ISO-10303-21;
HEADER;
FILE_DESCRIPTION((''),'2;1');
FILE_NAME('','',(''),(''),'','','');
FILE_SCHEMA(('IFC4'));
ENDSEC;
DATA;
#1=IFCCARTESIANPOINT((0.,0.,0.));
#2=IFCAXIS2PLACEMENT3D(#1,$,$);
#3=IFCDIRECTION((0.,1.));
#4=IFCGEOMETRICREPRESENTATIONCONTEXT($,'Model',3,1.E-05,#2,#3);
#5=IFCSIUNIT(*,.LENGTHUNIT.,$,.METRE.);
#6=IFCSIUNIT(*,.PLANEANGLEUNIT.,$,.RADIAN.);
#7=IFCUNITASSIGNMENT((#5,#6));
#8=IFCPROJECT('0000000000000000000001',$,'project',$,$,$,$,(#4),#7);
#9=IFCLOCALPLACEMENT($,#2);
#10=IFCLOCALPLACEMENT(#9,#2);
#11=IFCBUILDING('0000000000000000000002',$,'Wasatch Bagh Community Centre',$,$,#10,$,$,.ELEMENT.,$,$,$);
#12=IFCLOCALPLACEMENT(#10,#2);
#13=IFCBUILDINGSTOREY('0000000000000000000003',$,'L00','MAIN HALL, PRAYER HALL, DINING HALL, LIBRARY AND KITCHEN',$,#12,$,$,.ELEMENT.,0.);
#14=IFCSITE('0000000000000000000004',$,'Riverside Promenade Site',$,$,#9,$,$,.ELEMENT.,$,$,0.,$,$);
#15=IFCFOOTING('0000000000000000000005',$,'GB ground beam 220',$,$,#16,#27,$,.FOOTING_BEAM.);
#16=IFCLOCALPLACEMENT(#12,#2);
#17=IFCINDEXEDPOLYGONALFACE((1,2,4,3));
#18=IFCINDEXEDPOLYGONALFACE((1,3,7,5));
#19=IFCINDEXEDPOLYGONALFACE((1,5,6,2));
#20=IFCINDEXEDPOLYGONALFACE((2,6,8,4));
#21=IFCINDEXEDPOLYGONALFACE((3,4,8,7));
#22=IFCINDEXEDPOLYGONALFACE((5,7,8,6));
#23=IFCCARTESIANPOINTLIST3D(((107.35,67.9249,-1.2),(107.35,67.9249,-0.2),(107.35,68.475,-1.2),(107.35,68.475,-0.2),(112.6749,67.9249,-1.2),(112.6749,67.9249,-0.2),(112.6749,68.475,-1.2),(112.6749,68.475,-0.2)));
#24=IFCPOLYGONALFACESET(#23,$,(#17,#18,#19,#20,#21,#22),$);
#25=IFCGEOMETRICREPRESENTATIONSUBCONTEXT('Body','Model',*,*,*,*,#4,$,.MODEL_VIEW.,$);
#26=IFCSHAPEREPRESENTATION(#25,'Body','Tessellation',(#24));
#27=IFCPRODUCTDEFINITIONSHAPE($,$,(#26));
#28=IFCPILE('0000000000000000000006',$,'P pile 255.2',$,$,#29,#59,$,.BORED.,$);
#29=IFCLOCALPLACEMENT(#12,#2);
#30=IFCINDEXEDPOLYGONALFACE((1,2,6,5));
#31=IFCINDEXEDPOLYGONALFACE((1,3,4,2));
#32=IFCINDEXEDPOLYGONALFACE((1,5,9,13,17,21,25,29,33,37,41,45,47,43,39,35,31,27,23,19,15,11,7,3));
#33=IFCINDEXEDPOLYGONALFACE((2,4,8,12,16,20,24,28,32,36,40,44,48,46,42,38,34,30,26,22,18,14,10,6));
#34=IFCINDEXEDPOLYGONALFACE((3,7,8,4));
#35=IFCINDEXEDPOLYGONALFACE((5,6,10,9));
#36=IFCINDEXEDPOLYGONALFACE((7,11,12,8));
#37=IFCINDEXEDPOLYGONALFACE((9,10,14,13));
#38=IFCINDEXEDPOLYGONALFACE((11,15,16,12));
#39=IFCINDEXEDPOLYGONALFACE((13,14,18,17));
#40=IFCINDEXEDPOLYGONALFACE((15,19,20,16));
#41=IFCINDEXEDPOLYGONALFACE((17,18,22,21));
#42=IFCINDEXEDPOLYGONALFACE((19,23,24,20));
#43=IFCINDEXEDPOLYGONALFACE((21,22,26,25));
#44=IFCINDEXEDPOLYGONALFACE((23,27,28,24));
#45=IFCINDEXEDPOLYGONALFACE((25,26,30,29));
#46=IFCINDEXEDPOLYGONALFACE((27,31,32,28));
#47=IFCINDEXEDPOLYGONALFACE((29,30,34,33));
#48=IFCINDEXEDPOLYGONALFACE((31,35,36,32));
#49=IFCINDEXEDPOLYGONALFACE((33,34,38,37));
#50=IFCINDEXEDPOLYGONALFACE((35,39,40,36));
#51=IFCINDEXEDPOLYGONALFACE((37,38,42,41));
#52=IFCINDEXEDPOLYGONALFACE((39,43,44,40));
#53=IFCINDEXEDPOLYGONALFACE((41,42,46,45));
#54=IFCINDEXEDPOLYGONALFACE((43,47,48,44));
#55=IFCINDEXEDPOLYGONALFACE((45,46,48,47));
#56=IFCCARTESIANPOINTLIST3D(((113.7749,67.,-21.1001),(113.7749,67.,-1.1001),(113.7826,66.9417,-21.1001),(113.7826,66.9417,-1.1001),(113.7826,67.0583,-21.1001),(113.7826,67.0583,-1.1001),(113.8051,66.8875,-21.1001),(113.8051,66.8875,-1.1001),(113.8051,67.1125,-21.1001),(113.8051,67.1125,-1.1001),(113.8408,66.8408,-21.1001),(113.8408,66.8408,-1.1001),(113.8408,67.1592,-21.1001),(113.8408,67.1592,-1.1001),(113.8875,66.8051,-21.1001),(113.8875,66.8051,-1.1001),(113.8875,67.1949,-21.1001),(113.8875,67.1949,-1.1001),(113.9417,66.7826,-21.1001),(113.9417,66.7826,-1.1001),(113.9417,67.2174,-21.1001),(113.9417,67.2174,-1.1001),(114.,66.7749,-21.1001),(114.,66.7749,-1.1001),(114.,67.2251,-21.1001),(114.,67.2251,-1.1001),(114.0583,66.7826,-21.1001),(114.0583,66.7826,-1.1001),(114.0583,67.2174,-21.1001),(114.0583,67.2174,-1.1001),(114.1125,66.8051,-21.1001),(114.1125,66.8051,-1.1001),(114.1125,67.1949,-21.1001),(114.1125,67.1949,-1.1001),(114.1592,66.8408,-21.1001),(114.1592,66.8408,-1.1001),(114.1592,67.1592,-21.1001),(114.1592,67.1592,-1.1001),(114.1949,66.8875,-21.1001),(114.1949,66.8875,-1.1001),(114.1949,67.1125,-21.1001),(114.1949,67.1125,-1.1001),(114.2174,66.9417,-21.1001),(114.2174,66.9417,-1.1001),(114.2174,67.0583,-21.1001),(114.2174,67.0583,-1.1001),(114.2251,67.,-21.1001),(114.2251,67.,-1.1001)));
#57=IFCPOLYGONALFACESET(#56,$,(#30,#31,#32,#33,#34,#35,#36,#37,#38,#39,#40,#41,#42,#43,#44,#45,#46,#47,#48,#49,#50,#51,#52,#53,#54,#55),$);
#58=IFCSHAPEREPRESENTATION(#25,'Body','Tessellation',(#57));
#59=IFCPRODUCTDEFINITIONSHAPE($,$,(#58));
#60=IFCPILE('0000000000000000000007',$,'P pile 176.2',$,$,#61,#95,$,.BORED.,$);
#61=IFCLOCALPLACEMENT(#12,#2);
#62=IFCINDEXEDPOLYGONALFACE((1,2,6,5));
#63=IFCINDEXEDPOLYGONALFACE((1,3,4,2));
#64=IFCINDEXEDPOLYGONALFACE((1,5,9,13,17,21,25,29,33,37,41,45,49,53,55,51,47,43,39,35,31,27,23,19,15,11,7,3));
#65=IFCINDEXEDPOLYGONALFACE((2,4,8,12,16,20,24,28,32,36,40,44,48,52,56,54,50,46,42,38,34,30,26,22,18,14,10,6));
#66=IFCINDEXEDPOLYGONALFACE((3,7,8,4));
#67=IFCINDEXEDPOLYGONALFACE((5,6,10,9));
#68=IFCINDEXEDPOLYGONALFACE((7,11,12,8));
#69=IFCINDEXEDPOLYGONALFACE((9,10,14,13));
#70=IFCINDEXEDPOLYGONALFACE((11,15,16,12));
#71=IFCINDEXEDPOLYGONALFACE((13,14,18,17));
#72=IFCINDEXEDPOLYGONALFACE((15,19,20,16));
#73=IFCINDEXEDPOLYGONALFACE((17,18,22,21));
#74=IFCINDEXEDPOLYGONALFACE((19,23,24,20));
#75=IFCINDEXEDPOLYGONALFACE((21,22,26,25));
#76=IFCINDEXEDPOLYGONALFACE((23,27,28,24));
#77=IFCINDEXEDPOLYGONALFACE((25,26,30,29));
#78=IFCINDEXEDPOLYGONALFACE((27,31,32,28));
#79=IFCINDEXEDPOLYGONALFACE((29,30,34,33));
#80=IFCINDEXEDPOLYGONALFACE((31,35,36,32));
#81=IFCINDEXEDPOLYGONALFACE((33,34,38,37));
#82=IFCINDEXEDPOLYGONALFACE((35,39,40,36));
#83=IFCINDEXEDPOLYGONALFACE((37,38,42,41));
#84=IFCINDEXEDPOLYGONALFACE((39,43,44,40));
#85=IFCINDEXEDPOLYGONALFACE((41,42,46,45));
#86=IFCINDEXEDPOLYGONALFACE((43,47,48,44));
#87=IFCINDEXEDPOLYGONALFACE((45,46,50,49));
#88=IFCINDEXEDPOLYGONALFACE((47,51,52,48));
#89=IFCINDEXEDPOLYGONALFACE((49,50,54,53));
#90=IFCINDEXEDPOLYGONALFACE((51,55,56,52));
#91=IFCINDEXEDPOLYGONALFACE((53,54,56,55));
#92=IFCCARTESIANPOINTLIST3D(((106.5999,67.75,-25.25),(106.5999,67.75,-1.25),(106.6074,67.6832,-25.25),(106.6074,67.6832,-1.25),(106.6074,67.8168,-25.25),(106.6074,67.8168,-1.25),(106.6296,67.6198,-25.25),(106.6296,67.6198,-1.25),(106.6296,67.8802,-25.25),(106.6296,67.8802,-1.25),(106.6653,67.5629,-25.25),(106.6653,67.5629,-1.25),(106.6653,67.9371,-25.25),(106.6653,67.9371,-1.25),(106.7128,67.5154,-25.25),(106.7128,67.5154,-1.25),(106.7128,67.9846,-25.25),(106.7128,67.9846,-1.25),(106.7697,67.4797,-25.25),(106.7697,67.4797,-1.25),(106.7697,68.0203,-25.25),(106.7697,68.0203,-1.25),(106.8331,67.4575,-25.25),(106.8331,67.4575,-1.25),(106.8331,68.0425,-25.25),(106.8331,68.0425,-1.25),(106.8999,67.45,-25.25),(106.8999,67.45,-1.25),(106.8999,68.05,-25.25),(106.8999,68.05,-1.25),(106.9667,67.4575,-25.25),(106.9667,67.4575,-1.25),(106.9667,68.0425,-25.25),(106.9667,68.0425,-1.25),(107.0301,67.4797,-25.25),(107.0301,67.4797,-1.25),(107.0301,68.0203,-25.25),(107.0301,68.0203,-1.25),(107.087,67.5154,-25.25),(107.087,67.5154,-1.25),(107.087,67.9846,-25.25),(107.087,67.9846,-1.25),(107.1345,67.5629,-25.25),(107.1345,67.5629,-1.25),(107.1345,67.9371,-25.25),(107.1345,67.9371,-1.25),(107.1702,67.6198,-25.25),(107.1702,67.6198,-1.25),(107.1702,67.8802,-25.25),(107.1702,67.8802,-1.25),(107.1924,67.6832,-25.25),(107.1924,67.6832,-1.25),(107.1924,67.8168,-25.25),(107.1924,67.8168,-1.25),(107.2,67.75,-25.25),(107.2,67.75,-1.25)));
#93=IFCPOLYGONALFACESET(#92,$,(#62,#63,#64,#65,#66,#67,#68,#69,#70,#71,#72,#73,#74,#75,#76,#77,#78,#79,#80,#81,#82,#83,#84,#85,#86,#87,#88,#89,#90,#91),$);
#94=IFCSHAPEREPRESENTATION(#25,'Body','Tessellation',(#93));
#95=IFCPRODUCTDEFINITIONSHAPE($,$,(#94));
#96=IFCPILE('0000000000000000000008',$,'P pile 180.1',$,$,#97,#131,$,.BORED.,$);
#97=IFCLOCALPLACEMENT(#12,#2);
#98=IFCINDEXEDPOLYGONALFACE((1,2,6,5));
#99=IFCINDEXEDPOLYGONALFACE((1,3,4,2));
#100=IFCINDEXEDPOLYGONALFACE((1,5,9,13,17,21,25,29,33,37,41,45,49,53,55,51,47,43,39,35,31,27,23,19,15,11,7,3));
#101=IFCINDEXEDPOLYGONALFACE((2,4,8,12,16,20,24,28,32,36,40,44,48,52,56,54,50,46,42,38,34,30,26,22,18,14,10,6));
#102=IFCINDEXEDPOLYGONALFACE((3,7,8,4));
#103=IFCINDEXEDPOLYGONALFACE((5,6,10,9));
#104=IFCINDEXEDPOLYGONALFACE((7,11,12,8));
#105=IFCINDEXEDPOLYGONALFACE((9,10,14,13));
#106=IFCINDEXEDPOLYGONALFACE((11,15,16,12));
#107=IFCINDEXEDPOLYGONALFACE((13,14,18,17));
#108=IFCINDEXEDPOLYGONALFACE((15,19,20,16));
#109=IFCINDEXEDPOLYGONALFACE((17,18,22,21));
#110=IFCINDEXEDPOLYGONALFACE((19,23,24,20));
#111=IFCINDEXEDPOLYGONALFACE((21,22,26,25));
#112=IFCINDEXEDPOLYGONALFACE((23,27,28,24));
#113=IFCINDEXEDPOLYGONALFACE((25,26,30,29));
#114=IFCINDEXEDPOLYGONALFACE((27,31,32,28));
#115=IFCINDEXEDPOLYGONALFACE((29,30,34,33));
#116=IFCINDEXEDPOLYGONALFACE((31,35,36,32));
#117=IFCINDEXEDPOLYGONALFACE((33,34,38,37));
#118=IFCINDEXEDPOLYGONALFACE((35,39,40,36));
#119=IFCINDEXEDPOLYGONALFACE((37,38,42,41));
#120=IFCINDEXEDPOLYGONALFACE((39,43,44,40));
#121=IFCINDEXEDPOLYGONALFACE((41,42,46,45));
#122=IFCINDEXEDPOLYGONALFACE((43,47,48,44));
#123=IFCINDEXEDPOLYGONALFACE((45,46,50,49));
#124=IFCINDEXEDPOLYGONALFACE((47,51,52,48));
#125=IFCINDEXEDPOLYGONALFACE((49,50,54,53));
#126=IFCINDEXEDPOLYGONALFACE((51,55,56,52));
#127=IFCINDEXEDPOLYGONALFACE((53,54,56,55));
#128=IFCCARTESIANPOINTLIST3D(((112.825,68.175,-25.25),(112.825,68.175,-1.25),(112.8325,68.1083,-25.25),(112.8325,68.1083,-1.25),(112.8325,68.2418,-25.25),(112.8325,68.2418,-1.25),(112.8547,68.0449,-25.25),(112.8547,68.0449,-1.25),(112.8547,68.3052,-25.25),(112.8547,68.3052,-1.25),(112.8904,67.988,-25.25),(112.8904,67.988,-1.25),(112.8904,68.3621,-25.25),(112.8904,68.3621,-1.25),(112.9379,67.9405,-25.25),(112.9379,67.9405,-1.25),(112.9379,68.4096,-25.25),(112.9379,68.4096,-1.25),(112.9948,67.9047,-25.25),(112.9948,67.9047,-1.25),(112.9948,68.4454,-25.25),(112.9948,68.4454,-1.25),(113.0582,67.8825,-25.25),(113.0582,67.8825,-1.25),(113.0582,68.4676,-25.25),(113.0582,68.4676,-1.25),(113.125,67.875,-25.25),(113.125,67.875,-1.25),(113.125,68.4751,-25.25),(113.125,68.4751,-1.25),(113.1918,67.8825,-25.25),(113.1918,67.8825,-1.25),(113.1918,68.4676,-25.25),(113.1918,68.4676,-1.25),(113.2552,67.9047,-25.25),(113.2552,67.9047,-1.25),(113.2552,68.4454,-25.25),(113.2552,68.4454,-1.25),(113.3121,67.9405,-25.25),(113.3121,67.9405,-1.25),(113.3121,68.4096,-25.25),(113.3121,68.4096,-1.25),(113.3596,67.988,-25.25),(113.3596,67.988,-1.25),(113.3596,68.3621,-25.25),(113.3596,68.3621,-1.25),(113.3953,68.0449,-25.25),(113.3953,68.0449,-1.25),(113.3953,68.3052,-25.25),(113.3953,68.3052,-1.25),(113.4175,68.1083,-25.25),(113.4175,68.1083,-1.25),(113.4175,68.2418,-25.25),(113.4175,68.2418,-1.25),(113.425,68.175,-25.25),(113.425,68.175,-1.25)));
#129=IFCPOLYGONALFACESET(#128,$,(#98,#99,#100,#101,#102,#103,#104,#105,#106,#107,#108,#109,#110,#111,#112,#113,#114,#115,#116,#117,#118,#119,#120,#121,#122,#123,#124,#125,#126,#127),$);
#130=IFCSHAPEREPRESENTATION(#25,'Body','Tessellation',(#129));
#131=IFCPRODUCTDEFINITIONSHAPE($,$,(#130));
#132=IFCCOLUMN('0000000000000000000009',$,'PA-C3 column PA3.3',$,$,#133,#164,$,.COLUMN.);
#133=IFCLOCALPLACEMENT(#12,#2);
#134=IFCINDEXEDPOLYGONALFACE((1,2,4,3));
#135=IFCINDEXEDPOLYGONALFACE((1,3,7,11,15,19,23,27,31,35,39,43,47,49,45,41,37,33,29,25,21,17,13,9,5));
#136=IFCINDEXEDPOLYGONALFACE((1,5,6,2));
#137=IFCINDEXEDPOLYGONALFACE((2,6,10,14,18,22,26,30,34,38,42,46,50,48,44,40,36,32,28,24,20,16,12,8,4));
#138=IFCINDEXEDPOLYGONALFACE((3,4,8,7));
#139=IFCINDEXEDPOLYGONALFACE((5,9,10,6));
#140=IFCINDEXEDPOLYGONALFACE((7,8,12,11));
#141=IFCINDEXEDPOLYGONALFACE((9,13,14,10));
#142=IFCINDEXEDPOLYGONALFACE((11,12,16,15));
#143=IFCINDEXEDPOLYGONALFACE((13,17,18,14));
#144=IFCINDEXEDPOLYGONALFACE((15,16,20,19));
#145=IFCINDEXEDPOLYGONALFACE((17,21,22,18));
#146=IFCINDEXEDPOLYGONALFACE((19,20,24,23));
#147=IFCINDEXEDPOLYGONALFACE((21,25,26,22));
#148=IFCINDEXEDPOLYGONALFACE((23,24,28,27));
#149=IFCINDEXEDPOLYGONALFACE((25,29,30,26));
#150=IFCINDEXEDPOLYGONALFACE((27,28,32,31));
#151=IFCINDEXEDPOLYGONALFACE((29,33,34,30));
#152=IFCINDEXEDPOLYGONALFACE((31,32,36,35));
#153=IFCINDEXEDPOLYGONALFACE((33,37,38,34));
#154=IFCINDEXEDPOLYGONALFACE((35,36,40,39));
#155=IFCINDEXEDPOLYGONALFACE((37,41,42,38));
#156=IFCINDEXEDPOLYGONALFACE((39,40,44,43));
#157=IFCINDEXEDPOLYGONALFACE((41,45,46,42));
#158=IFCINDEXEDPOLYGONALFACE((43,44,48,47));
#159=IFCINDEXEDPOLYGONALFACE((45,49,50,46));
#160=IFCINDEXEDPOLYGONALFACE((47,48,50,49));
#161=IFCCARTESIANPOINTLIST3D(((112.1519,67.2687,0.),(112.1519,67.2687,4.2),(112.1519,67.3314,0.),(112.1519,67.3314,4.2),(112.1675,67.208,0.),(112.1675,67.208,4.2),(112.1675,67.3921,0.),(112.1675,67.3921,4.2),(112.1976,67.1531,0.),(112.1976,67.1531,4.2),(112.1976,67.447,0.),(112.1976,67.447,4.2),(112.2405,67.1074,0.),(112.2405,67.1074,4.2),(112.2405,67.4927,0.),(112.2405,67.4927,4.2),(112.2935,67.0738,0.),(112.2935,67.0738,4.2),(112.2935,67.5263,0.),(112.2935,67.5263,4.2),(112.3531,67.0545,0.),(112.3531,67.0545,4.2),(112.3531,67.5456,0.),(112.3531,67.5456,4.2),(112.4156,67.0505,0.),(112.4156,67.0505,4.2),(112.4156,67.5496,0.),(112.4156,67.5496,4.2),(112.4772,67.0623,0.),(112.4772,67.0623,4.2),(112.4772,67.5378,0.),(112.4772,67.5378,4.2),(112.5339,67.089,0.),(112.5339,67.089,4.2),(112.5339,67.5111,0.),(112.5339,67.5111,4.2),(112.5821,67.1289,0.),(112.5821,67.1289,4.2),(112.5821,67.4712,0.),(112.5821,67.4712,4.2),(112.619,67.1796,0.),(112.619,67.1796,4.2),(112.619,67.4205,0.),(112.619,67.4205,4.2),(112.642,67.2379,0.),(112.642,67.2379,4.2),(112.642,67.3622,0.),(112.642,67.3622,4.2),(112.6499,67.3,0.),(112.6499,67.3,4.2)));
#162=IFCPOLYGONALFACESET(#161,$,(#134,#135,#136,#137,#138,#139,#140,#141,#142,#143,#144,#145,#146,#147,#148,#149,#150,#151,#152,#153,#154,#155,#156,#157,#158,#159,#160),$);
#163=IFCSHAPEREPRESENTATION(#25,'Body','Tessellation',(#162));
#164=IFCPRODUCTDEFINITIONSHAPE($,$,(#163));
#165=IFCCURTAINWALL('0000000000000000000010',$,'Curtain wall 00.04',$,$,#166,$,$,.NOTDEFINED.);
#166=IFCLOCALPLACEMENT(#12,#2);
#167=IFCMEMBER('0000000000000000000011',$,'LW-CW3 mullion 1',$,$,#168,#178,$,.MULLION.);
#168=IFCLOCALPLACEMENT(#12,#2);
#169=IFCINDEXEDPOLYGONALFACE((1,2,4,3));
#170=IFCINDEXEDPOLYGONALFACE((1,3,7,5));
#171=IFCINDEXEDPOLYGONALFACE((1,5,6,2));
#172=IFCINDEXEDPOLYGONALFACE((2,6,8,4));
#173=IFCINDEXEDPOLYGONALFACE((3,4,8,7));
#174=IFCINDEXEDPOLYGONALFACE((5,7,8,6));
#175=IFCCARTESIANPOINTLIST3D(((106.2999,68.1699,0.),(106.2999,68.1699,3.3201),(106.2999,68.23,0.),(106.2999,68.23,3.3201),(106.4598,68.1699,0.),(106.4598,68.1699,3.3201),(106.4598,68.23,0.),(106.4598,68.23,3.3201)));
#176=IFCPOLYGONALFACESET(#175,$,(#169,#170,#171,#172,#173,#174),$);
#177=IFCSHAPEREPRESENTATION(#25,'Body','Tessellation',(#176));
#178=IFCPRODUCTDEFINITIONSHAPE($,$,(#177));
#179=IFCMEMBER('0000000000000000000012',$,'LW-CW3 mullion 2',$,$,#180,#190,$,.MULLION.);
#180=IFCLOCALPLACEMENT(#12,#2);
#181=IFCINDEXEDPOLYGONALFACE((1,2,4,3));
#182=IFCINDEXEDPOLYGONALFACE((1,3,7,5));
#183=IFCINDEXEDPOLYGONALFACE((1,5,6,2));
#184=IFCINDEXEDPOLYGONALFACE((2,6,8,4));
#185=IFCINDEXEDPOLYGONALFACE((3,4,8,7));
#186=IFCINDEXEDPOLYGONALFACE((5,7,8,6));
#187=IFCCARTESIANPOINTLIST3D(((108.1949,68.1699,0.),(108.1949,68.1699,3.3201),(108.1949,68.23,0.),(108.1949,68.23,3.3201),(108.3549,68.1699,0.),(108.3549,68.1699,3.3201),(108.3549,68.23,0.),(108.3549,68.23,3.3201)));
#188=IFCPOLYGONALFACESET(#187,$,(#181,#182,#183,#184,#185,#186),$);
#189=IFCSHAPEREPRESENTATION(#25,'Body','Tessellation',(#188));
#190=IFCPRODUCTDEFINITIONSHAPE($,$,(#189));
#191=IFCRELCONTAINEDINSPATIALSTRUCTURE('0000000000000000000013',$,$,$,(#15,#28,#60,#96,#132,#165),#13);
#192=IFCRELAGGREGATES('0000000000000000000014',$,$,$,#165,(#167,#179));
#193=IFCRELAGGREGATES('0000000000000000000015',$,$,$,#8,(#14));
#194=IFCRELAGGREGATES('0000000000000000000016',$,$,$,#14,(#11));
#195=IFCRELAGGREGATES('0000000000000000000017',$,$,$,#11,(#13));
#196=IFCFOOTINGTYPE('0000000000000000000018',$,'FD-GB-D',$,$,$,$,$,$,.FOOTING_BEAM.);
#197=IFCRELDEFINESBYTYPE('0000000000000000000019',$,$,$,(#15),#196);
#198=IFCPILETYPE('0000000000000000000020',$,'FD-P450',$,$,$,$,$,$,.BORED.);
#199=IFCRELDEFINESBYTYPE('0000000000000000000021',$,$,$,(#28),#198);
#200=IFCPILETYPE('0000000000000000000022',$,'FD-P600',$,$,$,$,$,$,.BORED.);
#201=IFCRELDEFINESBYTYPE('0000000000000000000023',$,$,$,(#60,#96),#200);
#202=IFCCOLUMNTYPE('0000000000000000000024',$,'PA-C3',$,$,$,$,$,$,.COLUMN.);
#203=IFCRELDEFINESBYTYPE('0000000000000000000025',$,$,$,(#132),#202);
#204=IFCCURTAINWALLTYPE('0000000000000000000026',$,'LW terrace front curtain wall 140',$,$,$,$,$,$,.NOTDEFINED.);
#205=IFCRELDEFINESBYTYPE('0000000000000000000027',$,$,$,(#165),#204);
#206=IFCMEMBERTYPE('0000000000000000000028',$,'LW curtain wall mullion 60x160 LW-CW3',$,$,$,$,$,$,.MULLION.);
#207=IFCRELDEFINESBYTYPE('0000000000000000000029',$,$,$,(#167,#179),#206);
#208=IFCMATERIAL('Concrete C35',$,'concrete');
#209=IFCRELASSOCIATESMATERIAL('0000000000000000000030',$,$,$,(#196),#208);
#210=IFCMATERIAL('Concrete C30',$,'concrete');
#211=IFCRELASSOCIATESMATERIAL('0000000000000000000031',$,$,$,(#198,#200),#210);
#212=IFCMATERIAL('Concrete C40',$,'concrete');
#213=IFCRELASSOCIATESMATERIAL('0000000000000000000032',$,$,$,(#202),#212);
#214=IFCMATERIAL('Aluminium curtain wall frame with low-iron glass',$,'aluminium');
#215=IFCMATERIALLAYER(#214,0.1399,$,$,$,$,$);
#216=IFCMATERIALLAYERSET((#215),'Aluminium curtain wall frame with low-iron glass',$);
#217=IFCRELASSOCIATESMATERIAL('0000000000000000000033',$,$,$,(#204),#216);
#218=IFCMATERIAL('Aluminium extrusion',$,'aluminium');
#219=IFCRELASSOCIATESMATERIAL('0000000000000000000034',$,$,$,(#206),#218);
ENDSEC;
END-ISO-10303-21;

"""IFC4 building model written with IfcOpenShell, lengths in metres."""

from ifc_helpers import new_model, si_unit, direction, frame, origin, origin_2d, place, context, subcontext, project, spatial, rectangle, circle, extrude, material, layer, layer_set, material_profile, profile_set, type_object, element, aggregate, save


model = new_model("IFC4")

# Units and contexts
model_context = context("Model", 3, precision=1e-05, world=origin(), true_north=direction((0.0, 1.0)))
body_context = subcontext(model_context, "Body", "Model", "MODEL_VIEW")
ifc_project = project(units=[si_unit("LENGTHUNIT", "METRE"), si_unit("PLANEANGLEUNIT", "RADIAN")], contexts=[model_context])

# Site, building, storey
site_placement = place(None, origin())
site = spatial("IfcSite", under=ifc_project, at=site_placement, Name="Riverside Promenade Site", CompositionType="ELEMENT", RefElevation=0.0)
building_placement = place(site_placement, origin())
building = spatial("IfcBuilding", under=site, at=building_placement, Name="Wasatch Bagh Community Centre", CompositionType="ELEMENT")
storey_placement = place(building_placement, origin())
storey = spatial("IfcBuildingStorey", under=building, at=storey_placement, Name="L00", Description="MAIN HALL, PRAYER HALL, DINING HALL, LIBRARY AND KITCHEN", CompositionType="ELEMENT", Elevation=0.0)

# Footing
ifc_material_1 = material(Name="Concrete C35", Category="concrete")
footing_type = type_object("IfcFootingType", Name="FD-GB-D", PredefinedType="FOOTING_BEAM", material=ifc_material_1)
footing_placement = place(storey_placement, frame((110.0125, 68.2, -1.2), z_axis=(0.0, 0.0, 1.0), x_axis=(1.0, 0.0, 0.0)))
element("IfcFooting", 1, at=footing_placement, inside=storey, type_object=footing_type, Name="GB ground beam 220", PredefinedType="FOOTING_BEAM", context=body_context, shape_type="SweptSolid", body=[
    extrude(rectangle(XDim=5.325, YDim=0.55, at=origin_2d()), origin(), (0.0, 0.0, 1.0), 1.0),
])

# Piles
ifc_material_2 = material(Name="Concrete C30", Category="concrete")
ifc_material_profile_1 = material_profile(ifc_material_2, circle(Radius=0.2251, at=origin_2d()), Name="RC D450")
ifc_profile_set_1 = profile_set([ifc_material_profile_1], Name="Concrete C30")
pile_type_1 = type_object("IfcPileType", Name="FD-P450", PredefinedType="BORED", material=ifc_profile_set_1)
pile_placement = place(storey_placement, frame((114.0, 67.0, -1.1001), z_axis=(0.0, 0.0, -1.0), x_axis=(1.0, 0.0, 0.0)))
element("IfcPile", 2, at=pile_placement, inside=storey, type_object=pile_type_1, Name="P pile 255.2", PredefinedType="BORED", context=body_context, shape_type="SweptSolid", body=[
    extrude(circle(Radius=0.2251, at=origin_2d()), origin(), (0.0, 0.0, 1.0), 20.0),
])
ifc_material_profile_2 = material_profile(ifc_material_2, circle(Radius=0.3, at=origin_2d()), Name="RC D600")
ifc_profile_set_2 = profile_set([ifc_material_profile_2], Name="Concrete C30")
pile_type_2 = type_object("IfcPileType", Name="FD-P600", PredefinedType="BORED", material=ifc_profile_set_2)
for number, where, z_axis, x_axis, name in (
    (3, (106.8999, 67.75, -1.25), (0.0, 0.0, -1.0), (1.0, 0.0, 0.0), "P pile 176.2"),
    (4, (113.125, 68.175, -1.25), (0.0, 0.0, -1.0), (1.0, 0.0, 0.0), "P pile 180.1"),
):
    element("IfcPile", number, at=place(storey_placement, frame(where, z_axis=z_axis, x_axis=x_axis)), inside=storey, type_object=pile_type_2, Name=name, PredefinedType="BORED", context=body_context, shape_type="SweptSolid", body=[
        extrude(circle(Radius=0.3, at=origin_2d()), origin(), (0.0, 0.0, 1.0), 24.0),
    ])

# Column
ifc_material_3 = material(Name="Concrete C40", Category="concrete")
ifc_material_profile_3 = material_profile(ifc_material_3, circle(Radius=0.25, at=origin_2d()), Name="RC D500")
ifc_profile_set_3 = profile_set([ifc_material_profile_3], Name="Concrete C40")
column_type = type_object("IfcColumnType", Name="PA-C3", PredefinedType="COLUMN", material=ifc_profile_set_3)
column_placement = place(storey_placement, frame((112.3999, 67.3, 0.0), z_axis=(0.0, 0.0, 1.0), x_axis=(1.0, 0.0, 0.0)))
element("IfcColumn", 5, at=column_placement, inside=storey, type_object=column_type, Name="PA-C3 column PA3.3", PredefinedType="COLUMN", context=body_context, shape_type="SweptSolid", body=[
    extrude(circle(Radius=0.25, at=origin_2d()), origin(), (0.0, 0.0, 1.0), 4.2),
])

# Curtain wall, members
ifc_material_4 = material(Name="Aluminium curtain wall frame with low-iron glass", Category="aluminium")
ifc_layer_1 = layer(ifc_material_4, 0.1399)
ifc_layer_set_1 = layer_set([ifc_layer_1], Name="Aluminium curtain wall frame with low-iron glass")
curtain_wall_type = type_object("IfcCurtainWallType", Name="LW terrace front curtain wall 140", PredefinedType="NOTDEFINED", material=ifc_layer_set_1)
curtain_wall_placement = place(storey_placement, origin())
curtain_wall = element("IfcCurtainWall", 6, at=curtain_wall_placement, inside=storey, type_object=curtain_wall_type, Name="Curtain wall 00.04", PredefinedType="NOTDEFINED")
ifc_material_5 = material(Name="Aluminium extrusion", Category="aluminium")
ifc_material_profile_4 = material_profile(ifc_material_5, rectangle(XDim=0.0601, YDim=0.1599, at=origin_2d()), Name="AL 60x160")
ifc_profile_set_4 = profile_set([ifc_material_profile_4], Name="Aluminium extrusion")
member_type_1 = type_object("IfcMemberType", Name="LW curtain wall mullion 60x160 LW-CW3", PredefinedType="MULLION", material=ifc_profile_set_4)
member_1_placement = place(storey_placement, frame((106.3799, 68.2, 0.0), z_axis=(0.0, 0.0, 1.0), x_axis=(0.0, 1.0, 0.0)))
member_1 = element("IfcMember", 7, at=member_1_placement, type_object=member_type_1, Name="LW-CW3 mullion 1", PredefinedType="MULLION", context=body_context, shape_type="SweptSolid", body=[
    extrude(rectangle(XDim=0.0601, YDim=0.1599, at=origin_2d()), origin(), (0.0, 0.0, 1.0), 3.3201),
])
member_2_placement = place(storey_placement, frame((108.2749, 68.2, 0.0), z_axis=(0.0, 0.0, 1.0), x_axis=(0.0, 1.0, 0.0)))
member_2 = element("IfcMember", 8, at=member_2_placement, type_object=member_type_1, Name="LW-CW3 mullion 2", PredefinedType="MULLION", context=body_context, shape_type="SweptSolid", body=[
    extrude(rectangle(XDim=0.0601, YDim=0.1599, at=origin_2d()), origin(), (0.0, 0.0, 1.0), 3.3201),
])

aggregate(curtain_wall, [member_1, member_2])

save(model, "model.ifc")
